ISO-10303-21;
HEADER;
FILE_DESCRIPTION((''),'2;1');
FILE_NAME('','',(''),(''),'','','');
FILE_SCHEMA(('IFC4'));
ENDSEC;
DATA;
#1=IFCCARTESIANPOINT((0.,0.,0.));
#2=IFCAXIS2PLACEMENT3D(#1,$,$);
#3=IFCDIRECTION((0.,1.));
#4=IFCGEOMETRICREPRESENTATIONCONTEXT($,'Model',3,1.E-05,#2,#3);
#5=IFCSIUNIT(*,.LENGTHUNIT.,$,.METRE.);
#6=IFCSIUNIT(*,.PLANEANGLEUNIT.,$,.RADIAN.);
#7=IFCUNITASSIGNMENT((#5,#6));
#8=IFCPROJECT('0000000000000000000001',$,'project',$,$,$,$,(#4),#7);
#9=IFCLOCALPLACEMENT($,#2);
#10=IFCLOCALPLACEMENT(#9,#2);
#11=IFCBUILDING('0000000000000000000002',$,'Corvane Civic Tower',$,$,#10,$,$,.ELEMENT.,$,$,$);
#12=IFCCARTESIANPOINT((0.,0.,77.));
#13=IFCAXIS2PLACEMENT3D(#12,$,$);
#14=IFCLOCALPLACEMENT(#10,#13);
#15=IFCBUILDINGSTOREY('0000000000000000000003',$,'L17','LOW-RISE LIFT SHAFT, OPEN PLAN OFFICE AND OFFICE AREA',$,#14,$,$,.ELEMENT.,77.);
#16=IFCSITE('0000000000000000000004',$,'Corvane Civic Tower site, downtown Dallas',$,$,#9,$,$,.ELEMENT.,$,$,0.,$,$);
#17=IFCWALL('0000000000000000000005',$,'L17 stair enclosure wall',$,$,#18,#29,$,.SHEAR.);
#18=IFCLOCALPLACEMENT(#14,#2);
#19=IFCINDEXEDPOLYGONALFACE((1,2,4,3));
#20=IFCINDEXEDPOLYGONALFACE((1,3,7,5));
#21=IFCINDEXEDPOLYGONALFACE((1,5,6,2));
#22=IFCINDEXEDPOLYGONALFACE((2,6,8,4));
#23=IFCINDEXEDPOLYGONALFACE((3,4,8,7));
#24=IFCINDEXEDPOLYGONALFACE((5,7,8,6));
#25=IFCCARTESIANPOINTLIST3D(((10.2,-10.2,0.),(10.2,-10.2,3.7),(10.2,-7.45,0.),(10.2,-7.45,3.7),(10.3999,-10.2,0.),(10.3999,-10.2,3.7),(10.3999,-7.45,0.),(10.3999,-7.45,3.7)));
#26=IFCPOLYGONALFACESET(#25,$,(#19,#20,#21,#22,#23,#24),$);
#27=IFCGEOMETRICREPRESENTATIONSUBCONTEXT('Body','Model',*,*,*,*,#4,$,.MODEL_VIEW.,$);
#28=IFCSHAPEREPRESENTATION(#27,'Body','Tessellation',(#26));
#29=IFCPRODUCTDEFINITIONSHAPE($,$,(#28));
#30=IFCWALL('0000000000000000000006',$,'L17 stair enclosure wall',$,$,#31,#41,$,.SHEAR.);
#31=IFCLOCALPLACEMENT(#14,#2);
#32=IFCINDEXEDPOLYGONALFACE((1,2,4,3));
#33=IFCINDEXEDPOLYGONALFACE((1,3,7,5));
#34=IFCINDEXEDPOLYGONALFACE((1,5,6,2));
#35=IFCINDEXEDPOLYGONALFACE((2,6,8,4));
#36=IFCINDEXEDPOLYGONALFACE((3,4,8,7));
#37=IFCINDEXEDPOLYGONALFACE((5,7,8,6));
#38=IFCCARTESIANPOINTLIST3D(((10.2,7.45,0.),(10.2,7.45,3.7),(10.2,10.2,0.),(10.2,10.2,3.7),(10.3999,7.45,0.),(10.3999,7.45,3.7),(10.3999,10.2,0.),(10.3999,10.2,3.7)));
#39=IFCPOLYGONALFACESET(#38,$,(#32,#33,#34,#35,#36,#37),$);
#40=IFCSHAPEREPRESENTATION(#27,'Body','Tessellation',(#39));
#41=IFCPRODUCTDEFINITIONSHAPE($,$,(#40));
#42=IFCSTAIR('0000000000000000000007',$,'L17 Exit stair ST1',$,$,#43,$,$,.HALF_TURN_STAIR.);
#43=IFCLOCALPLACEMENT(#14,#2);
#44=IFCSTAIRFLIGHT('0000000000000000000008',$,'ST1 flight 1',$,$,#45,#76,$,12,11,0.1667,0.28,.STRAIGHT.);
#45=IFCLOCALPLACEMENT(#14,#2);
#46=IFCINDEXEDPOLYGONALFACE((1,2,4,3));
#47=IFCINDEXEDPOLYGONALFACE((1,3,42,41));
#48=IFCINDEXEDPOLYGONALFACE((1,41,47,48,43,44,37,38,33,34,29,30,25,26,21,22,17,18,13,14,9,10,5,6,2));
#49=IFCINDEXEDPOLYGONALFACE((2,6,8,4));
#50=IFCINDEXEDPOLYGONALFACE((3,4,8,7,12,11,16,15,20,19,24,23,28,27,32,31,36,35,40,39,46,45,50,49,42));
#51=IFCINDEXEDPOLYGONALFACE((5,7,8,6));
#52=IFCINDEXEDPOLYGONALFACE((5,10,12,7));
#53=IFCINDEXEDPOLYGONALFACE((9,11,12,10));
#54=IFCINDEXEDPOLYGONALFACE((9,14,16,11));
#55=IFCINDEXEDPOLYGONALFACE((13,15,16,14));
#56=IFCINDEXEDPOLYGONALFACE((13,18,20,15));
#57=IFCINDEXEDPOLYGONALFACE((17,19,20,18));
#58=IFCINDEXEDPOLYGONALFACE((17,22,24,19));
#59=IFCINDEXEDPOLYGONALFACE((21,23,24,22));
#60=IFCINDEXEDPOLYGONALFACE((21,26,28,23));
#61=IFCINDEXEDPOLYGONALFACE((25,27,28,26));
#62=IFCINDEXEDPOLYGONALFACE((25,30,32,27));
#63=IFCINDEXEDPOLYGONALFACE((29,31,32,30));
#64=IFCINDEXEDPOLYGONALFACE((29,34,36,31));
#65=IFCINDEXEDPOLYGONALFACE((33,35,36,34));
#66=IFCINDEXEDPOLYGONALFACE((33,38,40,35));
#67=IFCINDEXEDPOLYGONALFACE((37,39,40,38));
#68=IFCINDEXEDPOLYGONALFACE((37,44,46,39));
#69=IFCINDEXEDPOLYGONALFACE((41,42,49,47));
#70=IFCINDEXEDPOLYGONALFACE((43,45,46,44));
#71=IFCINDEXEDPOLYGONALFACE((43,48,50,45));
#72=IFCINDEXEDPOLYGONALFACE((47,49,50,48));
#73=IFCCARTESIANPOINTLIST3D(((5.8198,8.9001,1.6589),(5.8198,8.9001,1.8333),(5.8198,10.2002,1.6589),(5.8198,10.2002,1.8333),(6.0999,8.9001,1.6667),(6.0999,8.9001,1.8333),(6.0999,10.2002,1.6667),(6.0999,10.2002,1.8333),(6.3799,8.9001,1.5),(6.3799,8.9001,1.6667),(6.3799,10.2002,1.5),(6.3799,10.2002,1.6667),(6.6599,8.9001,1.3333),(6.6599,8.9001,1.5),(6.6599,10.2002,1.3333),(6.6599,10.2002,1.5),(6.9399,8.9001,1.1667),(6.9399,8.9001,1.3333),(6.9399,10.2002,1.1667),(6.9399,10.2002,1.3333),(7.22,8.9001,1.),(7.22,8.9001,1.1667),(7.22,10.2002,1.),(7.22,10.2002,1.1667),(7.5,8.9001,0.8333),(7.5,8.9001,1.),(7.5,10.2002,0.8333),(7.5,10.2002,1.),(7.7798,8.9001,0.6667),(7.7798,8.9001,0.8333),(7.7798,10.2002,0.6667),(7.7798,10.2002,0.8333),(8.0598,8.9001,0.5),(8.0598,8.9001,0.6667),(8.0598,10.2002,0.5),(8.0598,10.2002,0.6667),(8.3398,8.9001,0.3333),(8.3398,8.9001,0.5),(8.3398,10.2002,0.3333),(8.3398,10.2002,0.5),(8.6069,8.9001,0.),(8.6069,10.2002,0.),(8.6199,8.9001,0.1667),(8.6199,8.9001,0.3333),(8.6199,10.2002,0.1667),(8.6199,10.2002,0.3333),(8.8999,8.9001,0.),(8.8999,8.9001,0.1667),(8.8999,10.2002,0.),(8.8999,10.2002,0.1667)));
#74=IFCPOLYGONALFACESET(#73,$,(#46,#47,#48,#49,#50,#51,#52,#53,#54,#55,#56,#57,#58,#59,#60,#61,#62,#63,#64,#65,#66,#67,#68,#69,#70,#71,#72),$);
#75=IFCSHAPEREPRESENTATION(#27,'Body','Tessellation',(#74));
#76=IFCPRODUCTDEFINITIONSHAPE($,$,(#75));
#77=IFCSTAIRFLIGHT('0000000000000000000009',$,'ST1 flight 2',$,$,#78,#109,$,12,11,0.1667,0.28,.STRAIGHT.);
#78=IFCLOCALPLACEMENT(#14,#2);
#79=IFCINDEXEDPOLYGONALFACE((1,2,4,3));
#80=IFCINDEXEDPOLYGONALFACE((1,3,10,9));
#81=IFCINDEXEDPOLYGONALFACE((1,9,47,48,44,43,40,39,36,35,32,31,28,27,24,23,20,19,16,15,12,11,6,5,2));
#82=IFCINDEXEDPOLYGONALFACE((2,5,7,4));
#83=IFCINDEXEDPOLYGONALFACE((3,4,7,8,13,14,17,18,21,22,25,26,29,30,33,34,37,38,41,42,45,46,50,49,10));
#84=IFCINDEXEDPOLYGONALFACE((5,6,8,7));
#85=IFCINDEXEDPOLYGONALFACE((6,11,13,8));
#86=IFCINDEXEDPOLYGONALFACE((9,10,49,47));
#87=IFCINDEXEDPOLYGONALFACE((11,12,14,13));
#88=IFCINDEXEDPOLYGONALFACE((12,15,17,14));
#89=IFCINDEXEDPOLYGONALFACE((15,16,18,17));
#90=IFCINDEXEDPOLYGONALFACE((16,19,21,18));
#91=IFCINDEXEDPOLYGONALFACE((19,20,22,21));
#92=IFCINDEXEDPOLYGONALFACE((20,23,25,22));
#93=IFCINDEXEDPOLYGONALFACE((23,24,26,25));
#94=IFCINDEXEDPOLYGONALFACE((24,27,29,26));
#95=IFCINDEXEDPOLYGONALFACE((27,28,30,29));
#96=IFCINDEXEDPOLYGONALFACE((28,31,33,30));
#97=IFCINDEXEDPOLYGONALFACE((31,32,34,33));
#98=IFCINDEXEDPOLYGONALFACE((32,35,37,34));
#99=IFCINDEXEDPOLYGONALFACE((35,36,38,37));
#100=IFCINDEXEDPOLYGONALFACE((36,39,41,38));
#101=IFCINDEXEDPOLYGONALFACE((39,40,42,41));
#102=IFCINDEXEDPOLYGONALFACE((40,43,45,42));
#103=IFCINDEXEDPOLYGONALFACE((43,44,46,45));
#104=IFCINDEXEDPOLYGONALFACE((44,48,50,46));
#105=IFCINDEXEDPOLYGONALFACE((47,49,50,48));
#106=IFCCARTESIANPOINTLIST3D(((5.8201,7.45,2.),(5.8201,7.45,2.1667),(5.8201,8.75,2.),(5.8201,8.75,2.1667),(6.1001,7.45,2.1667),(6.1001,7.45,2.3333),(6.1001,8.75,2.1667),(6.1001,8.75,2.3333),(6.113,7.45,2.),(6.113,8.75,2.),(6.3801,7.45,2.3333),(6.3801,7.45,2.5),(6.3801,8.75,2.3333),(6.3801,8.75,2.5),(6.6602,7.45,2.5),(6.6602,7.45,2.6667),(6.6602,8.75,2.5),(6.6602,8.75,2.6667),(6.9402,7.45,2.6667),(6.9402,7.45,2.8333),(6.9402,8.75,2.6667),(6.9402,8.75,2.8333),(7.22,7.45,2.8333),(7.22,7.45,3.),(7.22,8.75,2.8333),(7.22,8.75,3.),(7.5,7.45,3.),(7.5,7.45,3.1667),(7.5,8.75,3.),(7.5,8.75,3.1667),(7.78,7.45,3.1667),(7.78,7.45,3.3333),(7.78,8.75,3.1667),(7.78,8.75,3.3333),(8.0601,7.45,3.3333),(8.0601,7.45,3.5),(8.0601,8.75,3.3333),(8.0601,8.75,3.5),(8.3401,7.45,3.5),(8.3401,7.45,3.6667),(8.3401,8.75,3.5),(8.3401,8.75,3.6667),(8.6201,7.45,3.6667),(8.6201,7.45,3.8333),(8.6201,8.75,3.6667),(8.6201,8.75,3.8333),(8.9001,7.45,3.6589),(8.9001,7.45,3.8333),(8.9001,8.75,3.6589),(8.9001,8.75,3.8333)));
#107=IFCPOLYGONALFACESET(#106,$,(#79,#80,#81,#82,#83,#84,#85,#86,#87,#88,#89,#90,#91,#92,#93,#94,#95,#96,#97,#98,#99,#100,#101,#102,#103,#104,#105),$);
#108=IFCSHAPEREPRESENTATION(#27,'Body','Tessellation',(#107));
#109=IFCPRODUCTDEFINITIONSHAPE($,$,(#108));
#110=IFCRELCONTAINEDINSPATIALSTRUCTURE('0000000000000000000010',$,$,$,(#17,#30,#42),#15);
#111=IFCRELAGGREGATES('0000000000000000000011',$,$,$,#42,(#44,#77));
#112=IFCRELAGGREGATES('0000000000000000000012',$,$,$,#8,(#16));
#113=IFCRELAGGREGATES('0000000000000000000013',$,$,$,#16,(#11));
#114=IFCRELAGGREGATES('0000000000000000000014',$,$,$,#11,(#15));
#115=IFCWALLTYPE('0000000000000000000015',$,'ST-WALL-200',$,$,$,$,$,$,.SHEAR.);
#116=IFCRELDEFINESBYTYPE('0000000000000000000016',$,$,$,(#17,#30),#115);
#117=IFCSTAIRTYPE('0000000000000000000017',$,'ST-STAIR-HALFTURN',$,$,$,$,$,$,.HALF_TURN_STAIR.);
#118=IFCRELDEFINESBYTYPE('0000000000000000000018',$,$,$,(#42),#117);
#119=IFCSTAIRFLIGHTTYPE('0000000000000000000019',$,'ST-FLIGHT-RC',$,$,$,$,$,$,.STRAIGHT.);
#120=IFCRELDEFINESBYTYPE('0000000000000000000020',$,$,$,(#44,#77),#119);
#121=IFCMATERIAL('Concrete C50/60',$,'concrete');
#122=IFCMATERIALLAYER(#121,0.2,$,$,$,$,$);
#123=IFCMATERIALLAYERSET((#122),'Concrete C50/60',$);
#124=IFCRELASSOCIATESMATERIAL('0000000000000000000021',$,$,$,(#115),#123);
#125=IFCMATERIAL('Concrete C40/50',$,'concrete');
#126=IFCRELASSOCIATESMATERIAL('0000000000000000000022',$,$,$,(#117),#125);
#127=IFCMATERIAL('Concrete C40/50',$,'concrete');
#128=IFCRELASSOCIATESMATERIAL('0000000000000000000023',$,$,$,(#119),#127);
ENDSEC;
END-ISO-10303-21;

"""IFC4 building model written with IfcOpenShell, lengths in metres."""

from ifc_helpers import new_model, si_unit, direction, frame, origin, place, context, subcontext, project, spatial, polyline, outline, extrude, material, layer, layer_set, type_object, element, aggregate, save


model = new_model("IFC4")

# Units and contexts
model_context = context("Model", 3, precision=1e-05, world=origin(), true_north=direction((0.0, 1.0)))
body_context = subcontext(model_context, "Body", "Model", "MODEL_VIEW")
ifc_project = project(units=[si_unit("LENGTHUNIT", "METRE"), si_unit("PLANEANGLEUNIT", "RADIAN")], contexts=[model_context])

# Site, building, storey
site_placement = place(None, origin())
site = spatial("IfcSite", under=ifc_project, at=site_placement, Name="Corvane Civic Tower site, downtown Dallas", CompositionType="ELEMENT", RefElevation=0.0)
building_placement = place(site_placement, origin())
building = spatial("IfcBuilding", under=site, at=building_placement, Name="Corvane Civic Tower", CompositionType="ELEMENT")
storey_placement = place(building_placement, frame((0.0, 0.0, 77.0)))
storey = spatial("IfcBuildingStorey", under=building, at=storey_placement, Name="L17", Description="LOW-RISE LIFT SHAFT, OPEN PLAN OFFICE AND OFFICE AREA", CompositionType="ELEMENT", Elevation=77.0)

# Shared definitions
ifc_material_1 = material(Name="Concrete C50/60", Category="concrete")
ifc_layer_1 = layer(ifc_material_1, 0.2)
ifc_layer_set_1 = layer_set([ifc_layer_1], Name="Concrete C50/60")
wall_type_1 = type_object("IfcWallType", Name="ST-WALL-200", PredefinedType="SHEAR", material=ifc_layer_set_1)

# Walls
wall_1_placement = place(storey_placement, origin())
element("IfcWall", 1, at=wall_1_placement, inside=storey, type_object=wall_type_1, Name="L17 stair enclosure wall", PredefinedType="SHEAR", context=body_context, shape_type="SweptSolid", body=[
    extrude(outline(polyline([(10.3999, -7.45), (10.3999, -10.2), (10.2, -10.2), (10.2, -7.45), (10.3999, -7.45)])), origin(), (0.0, 0.0, 1.0), 3.7),
])
wall_2_placement = place(storey_placement, origin())
element("IfcWall", 2, at=wall_2_placement, inside=storey, type_object=wall_type_1, Name="L17 stair enclosure wall", PredefinedType="SHEAR", context=body_context, shape_type="SweptSolid", body=[
    extrude(outline(polyline([(10.3999, 7.45), (10.2, 7.45), (10.2, 10.2), (10.3999, 10.2), (10.3999, 7.45)])), origin(), (0.0, 0.0, 1.0), 3.7),
])

# Stair, stair flights
ifc_material_2 = material(Name="Concrete C40/50", Category="concrete")
stair_type = type_object("IfcStairType", Name="ST-STAIR-HALFTURN", PredefinedType="HALF_TURN_STAIR", material=ifc_material_2)
stair_placement = place(storey_placement, origin())
stair = element("IfcStair", 3, at=stair_placement, inside=storey, type_object=stair_type, Name="L17 Exit stair ST1", PredefinedType="HALF_TURN_STAIR")
ifc_material_3 = material(Name="Concrete C40/50", Category="concrete")
stair_flight_type = type_object("IfcStairFlightType", Name="ST-FLIGHT-RC", PredefinedType="STRAIGHT", material=ifc_material_3)
stair_flight_1_placement = place(storey_placement, frame((8.8999, 9.55, 0.0), z_axis=(0.0, 0.0, 1.0), x_axis=(-1.0, 0.0, 0.0)))
stair_flight_1 = element("IfcStairFlight", 4, at=stair_flight_1_placement, type_object=stair_flight_type, Name="ST1 flight 1", NumberOfRisers=12, NumberOfTreads=11, PredefinedType="STRAIGHT", RiserHeight=0.1667, TreadLength=0.28, context=body_context, shape_type="SweptSolid", body=[
    extrude(outline(polyline([(0.0, 0.0), (0.0, 0.1667), (0.28, 0.1667), (0.28, 0.3333), (0.5601, 0.3333), (0.5601, 0.5), (0.8401, 0.5), (0.8401, 0.6667), (1.1201, 0.6667), (1.1201, 0.8333), (1.3999, 0.8333), (1.3999, 1.0), (1.6799, 1.0), (1.6799, 1.1667), (1.96, 1.1667), (1.96, 1.3333), (2.24, 1.3333), (2.24, 1.5), (2.52, 1.5), (2.52, 1.6667), (2.8, 1.6667), (2.8, 1.8333), (3.0801, 1.8333), (3.0801, 2.0), (3.0801, 1.6589), (0.293, 0.0), (0.0, 0.0)])), frame((0.0, 0.6499, 0.0), z_axis=(0.0, -1.0, 0.0), x_axis=(1.0, 0.0, 0.0)), (0.0, 0.0, 1.0), 1.3),
])
stair_flight_2_placement = place(storey_placement, frame((5.8201, 8.1001, 2.0), z_axis=(0.0, 0.0, 1.0), x_axis=(1.0, 0.0, 0.0)))
stair_flight_2 = element("IfcStairFlight", 5, at=stair_flight_2_placement, type_object=stair_flight_type, Name="ST1 flight 2", NumberOfRisers=12, NumberOfTreads=11, PredefinedType="STRAIGHT", RiserHeight=0.1667, TreadLength=0.28, context=body_context, shape_type="SweptSolid", body=[
    extrude(outline(polyline([(0.0, 0.0), (0.0, 0.1667), (0.28, 0.1667), (0.28, 0.3333), (0.5601, 0.3333), (0.5601, 0.5), (0.8401, 0.5), (0.8401, 0.6667), (1.1201, 0.6667), (1.1201, 0.8333), (1.3999, 0.8333), (1.3999, 1.0), (1.6799, 1.0), (1.6799, 1.1667), (1.96, 1.1667), (1.96, 1.3333), (2.24, 1.3333), (2.24, 1.5), (2.52, 1.5), (2.52, 1.6667), (2.8, 1.6667), (2.8, 1.8333), (3.0801, 1.8333), (3.0801, 2.0), (3.0801, 1.6589), (0.293, 0.0), (0.0, 0.0)])), frame((0.0, 0.6499, 0.0), z_axis=(0.0, -1.0, 0.0), x_axis=(1.0, 0.0, 0.0)), (0.0, 0.0, 1.0), 1.3),
])
aggregate(stair, [stair_flight_1, stair_flight_2])

save(model, "model.ifc")
